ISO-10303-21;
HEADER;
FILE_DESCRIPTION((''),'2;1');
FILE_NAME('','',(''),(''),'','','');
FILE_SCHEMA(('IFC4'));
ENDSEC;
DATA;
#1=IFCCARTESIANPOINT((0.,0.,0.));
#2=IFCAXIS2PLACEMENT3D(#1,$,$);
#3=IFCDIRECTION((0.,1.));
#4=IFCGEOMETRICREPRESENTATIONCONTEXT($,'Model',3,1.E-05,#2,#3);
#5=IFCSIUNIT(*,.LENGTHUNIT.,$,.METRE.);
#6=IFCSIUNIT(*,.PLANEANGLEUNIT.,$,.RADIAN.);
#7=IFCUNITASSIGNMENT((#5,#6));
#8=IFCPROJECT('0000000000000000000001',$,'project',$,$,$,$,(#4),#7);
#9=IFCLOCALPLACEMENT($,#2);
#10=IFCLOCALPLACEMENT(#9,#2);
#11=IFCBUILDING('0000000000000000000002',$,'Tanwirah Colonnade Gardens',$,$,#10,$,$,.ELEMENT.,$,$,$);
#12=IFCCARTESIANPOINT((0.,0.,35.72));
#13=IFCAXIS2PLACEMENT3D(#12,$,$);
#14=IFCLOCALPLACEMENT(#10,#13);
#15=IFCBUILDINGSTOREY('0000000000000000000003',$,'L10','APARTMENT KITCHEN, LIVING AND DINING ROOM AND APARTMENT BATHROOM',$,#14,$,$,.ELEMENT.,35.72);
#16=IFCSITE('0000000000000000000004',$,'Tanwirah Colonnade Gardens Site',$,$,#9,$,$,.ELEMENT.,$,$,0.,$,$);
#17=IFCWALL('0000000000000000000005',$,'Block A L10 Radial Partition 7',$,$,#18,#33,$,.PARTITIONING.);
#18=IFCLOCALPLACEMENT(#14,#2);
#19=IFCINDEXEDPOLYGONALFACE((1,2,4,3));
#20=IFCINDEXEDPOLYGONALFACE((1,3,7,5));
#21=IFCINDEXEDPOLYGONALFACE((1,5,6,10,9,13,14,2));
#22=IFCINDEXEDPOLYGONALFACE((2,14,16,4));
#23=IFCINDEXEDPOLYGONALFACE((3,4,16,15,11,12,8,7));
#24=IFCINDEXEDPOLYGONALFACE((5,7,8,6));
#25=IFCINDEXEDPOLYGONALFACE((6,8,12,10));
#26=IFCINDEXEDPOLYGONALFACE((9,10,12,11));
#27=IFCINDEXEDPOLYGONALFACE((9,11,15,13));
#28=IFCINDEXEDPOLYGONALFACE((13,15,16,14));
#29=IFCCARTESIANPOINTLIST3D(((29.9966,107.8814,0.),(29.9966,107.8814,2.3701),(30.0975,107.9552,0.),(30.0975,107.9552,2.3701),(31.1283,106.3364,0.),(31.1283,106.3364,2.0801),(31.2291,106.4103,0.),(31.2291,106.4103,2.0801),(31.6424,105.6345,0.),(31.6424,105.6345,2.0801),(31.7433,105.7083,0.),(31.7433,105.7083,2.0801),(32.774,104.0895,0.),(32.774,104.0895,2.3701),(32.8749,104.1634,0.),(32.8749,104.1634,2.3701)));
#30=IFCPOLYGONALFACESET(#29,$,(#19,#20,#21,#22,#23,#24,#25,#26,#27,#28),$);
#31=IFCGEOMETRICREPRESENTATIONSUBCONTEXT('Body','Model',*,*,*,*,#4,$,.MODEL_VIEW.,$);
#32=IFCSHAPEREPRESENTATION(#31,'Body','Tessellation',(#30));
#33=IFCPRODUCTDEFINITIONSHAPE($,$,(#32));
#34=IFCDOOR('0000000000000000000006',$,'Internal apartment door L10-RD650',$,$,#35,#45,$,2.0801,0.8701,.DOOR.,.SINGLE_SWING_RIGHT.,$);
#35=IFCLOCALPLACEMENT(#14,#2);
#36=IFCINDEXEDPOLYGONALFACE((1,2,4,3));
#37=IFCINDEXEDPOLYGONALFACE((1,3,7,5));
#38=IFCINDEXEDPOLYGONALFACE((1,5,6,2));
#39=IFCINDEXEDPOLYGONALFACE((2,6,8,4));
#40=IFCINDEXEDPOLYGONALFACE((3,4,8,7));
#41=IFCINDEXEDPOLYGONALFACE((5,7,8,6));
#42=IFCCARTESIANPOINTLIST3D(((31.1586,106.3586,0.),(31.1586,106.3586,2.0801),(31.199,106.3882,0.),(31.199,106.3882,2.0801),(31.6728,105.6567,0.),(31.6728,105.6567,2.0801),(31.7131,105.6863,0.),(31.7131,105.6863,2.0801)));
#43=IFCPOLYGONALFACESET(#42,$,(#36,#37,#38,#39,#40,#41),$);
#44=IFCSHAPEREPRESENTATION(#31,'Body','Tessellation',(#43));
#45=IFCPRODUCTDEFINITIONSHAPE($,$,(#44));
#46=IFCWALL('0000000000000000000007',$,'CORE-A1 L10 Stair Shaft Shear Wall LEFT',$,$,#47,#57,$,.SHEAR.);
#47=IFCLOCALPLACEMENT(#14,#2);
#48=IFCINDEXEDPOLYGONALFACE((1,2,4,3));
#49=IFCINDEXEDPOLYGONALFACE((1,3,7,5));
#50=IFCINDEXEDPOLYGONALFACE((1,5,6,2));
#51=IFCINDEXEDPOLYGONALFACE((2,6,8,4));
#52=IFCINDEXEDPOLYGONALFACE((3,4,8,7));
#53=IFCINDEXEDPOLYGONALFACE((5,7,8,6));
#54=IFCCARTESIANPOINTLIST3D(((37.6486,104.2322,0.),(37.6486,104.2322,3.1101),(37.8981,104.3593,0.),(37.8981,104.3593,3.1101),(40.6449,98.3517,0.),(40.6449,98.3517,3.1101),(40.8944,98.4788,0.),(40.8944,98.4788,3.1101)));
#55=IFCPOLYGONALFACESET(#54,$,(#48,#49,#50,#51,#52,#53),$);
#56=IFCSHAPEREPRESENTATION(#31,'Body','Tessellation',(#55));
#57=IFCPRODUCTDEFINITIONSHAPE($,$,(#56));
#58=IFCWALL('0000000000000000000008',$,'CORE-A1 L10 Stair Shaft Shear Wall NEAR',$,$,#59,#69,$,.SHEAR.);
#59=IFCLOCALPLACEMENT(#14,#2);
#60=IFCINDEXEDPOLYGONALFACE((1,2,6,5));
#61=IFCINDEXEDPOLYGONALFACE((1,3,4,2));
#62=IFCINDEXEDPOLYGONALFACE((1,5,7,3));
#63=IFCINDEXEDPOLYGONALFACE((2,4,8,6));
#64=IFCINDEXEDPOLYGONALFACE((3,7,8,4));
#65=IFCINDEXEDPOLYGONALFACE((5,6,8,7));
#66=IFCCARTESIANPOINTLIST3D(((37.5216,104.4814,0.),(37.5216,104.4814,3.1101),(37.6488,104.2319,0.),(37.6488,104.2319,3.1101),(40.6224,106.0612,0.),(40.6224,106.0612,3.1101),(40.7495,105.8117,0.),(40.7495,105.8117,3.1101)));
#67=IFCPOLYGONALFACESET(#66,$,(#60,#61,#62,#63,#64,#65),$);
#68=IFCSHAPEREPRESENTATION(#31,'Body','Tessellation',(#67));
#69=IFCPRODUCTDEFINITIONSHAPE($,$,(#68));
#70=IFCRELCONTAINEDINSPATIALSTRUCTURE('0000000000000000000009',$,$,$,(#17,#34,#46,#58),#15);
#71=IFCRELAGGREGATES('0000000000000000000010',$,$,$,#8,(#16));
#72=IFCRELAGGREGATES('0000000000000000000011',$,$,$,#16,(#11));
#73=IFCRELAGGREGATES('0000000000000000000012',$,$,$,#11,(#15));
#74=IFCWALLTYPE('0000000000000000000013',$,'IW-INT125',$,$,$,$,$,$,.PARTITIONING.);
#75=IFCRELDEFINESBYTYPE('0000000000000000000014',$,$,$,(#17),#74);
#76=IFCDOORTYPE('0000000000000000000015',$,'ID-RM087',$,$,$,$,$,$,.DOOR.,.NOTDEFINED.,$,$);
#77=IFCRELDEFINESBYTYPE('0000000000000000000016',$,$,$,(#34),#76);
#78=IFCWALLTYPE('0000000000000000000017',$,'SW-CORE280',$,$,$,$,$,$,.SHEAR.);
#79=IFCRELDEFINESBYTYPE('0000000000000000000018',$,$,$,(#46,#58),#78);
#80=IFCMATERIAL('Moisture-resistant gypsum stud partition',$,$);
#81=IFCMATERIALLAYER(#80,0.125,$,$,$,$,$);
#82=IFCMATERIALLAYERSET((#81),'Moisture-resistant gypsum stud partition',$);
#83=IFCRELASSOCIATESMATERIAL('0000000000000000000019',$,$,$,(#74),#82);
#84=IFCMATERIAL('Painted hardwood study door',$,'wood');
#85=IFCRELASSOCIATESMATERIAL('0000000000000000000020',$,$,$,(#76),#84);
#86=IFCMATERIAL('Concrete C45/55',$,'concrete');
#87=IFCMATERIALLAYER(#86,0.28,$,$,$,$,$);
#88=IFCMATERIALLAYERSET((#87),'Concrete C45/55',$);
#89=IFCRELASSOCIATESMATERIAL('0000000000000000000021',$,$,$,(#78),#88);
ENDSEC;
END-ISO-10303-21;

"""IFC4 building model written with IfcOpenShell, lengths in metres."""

from ifc_helpers import new_model, si_unit, direction, frame, frame_2d, origin, place, context, subcontext, project, spatial, rectangle, extrude, material, layer, layer_set, type_object, element, fill, save


model = new_model("IFC4")

# Units and contexts
model_context = context("Model", 3, precision=1e-05, world=origin(), true_north=direction((0.0, 1.0)))
body_context = subcontext(model_context, "Body", "Model", "MODEL_VIEW")
ifc_project = project(units=[si_unit("LENGTHUNIT", "METRE"), si_unit("PLANEANGLEUNIT", "RADIAN")], contexts=[model_context])

# Site, building, storey
site_placement = place(None, origin())
site = spatial("IfcSite", under=ifc_project, at=site_placement, Name="Tanwirah Colonnade Gardens Site", CompositionType="ELEMENT", RefElevation=0.0)
building_placement = place(site_placement, origin())
building = spatial("IfcBuilding", under=site, at=building_placement, Name="Tanwirah Colonnade Gardens", CompositionType="ELEMENT")
storey_placement = place(building_placement, frame((0.0, 0.0, 35.72)))
storey = spatial("IfcBuildingStorey", under=building, at=storey_placement, Name="L10", Description="APARTMENT KITCHEN, LIVING AND DINING ROOM AND APARTMENT BATHROOM", CompositionType="ELEMENT", Elevation=35.72)

# Wall, opening, door
ifc_material_1 = material(Name="Moisture-resistant gypsum stud partition")
ifc_layer_1 = layer(ifc_material_1, 0.125)
ifc_layer_set_1 = layer_set([ifc_layer_1], Name="Moisture-resistant gypsum stud partition")
wall_type_1 = type_object("IfcWallType", Name="IW-INT125", PredefinedType="PARTITIONING", material=ifc_layer_set_1)
wall_1_placement = place(storey_placement, frame((32.8245, 104.1265, 0.0), z_axis=(0.0, 0.0, 1.0), x_axis=(-0.590911, 0.806737, 0.0)))
wall_1 = element("IfcWall", 1, at=wall_1_placement, inside=storey, type_object=wall_type_1, Name="Block A L10 Radial Partition 7", PredefinedType="PARTITIONING", context=body_context, shape_type="SweptSolid", body=[
    extrude(rectangle(XDim=4.7002, YDim=0.125, at=frame_2d((2.3501, 0.0))), origin(), (0.0, 0.0, 1.0), 2.3701),
])
opening_1_placement = place(wall_1_placement, frame((1.915, 0.0, 0.0)))
opening_1 = element("IfcOpeningElement", 2, at=opening_1_placement, cuts=wall_1, PredefinedType="OPENING", context=body_context, shape_type="SweptSolid", body=[
    extrude(rectangle(XDim=0.8701, YDim=2.0801, at=frame_2d((0.4351, 1.04))), frame((0.0, 0.0725, 0.0), z_axis=(0.0, -1.0, 0.0), x_axis=(1.0, 0.0, 0.0)), (0.0, 0.0, 1.0), 0.145),
])
ifc_material_2 = material(Name="Painted hardwood study door", Category="wood")
door_type_1 = type_object("IfcDoorType", Name="ID-RM087", OperationType="NOTDEFINED", PredefinedType="DOOR", material=ifc_material_2)
door_1_placement = place(opening_1_placement, origin())
door_1 = element("IfcDoor", 3, at=door_1_placement, inside=storey, type_object=door_type_1, Name="Internal apartment door L10-RD650", OperationType="SINGLE_SWING_RIGHT", OverallHeight=2.0801, OverallWidth=0.8701, PredefinedType="DOOR", context=body_context, shape_type="SweptSolid", body=[
    extrude(rectangle(XDim=0.8701, YDim=2.0801, at=frame_2d((0.4351, 1.04))), frame((0.0, 0.0249, 0.0), z_axis=(0.0, -1.0, 0.0), x_axis=(1.0, 0.0, 0.0)), (0.0, 0.0, 1.0), 0.05),
])
fill(opening_1, door_1)

# Walls
ifc_material_3 = material(Name="Concrete C45/55", Category="concrete")
ifc_layer_2 = layer(ifc_material_3, 0.28)
ifc_layer_set_2 = layer_set([ifc_layer_2], Name="Concrete C45/55")
wall_type_2 = type_object("IfcWallType", Name="SW-CORE280", PredefinedType="SHEAR", material=ifc_layer_set_2)
wall_2_placement = place(storey_placement, frame((37.7734, 104.2957, 0.0), z_axis=(0.0, 0.0, 1.0), x_axis=(0.453992, -0.891006, 0.0)))
element("IfcWall", 4, at=wall_2_placement, inside=storey, type_object=wall_type_2, Name="CORE-A1 L10 Stair Shaft Shear Wall LEFT", PredefinedType="SHEAR", context=body_context, shape_type="SweptSolid", body=[
    extrude(rectangle(XDim=6.5999, YDim=0.28, at=frame_2d((3.2998, 0.0))), origin(), (0.0, 0.0, 1.0), 3.1101),
])
wall_3_placement = place(storey_placement, frame((37.5852, 104.3567, 0.0), z_axis=(0.0, 0.0, 1.0), x_axis=(0.89102, 0.453964, 0.0)))
element("IfcWall", 5, at=wall_3_placement, inside=storey, type_object=wall_type_2, Name="CORE-A1 L10 Stair Shaft Shear Wall NEAR", PredefinedType="SHEAR", context=body_context, shape_type="SweptSolid", body=[
    extrude(rectangle(XDim=3.48, YDim=0.28, at=frame_2d((1.74, 0.0))), origin(), (0.0, 0.0, 1.0), 3.1101),
])

save(model, "model.ifc")
